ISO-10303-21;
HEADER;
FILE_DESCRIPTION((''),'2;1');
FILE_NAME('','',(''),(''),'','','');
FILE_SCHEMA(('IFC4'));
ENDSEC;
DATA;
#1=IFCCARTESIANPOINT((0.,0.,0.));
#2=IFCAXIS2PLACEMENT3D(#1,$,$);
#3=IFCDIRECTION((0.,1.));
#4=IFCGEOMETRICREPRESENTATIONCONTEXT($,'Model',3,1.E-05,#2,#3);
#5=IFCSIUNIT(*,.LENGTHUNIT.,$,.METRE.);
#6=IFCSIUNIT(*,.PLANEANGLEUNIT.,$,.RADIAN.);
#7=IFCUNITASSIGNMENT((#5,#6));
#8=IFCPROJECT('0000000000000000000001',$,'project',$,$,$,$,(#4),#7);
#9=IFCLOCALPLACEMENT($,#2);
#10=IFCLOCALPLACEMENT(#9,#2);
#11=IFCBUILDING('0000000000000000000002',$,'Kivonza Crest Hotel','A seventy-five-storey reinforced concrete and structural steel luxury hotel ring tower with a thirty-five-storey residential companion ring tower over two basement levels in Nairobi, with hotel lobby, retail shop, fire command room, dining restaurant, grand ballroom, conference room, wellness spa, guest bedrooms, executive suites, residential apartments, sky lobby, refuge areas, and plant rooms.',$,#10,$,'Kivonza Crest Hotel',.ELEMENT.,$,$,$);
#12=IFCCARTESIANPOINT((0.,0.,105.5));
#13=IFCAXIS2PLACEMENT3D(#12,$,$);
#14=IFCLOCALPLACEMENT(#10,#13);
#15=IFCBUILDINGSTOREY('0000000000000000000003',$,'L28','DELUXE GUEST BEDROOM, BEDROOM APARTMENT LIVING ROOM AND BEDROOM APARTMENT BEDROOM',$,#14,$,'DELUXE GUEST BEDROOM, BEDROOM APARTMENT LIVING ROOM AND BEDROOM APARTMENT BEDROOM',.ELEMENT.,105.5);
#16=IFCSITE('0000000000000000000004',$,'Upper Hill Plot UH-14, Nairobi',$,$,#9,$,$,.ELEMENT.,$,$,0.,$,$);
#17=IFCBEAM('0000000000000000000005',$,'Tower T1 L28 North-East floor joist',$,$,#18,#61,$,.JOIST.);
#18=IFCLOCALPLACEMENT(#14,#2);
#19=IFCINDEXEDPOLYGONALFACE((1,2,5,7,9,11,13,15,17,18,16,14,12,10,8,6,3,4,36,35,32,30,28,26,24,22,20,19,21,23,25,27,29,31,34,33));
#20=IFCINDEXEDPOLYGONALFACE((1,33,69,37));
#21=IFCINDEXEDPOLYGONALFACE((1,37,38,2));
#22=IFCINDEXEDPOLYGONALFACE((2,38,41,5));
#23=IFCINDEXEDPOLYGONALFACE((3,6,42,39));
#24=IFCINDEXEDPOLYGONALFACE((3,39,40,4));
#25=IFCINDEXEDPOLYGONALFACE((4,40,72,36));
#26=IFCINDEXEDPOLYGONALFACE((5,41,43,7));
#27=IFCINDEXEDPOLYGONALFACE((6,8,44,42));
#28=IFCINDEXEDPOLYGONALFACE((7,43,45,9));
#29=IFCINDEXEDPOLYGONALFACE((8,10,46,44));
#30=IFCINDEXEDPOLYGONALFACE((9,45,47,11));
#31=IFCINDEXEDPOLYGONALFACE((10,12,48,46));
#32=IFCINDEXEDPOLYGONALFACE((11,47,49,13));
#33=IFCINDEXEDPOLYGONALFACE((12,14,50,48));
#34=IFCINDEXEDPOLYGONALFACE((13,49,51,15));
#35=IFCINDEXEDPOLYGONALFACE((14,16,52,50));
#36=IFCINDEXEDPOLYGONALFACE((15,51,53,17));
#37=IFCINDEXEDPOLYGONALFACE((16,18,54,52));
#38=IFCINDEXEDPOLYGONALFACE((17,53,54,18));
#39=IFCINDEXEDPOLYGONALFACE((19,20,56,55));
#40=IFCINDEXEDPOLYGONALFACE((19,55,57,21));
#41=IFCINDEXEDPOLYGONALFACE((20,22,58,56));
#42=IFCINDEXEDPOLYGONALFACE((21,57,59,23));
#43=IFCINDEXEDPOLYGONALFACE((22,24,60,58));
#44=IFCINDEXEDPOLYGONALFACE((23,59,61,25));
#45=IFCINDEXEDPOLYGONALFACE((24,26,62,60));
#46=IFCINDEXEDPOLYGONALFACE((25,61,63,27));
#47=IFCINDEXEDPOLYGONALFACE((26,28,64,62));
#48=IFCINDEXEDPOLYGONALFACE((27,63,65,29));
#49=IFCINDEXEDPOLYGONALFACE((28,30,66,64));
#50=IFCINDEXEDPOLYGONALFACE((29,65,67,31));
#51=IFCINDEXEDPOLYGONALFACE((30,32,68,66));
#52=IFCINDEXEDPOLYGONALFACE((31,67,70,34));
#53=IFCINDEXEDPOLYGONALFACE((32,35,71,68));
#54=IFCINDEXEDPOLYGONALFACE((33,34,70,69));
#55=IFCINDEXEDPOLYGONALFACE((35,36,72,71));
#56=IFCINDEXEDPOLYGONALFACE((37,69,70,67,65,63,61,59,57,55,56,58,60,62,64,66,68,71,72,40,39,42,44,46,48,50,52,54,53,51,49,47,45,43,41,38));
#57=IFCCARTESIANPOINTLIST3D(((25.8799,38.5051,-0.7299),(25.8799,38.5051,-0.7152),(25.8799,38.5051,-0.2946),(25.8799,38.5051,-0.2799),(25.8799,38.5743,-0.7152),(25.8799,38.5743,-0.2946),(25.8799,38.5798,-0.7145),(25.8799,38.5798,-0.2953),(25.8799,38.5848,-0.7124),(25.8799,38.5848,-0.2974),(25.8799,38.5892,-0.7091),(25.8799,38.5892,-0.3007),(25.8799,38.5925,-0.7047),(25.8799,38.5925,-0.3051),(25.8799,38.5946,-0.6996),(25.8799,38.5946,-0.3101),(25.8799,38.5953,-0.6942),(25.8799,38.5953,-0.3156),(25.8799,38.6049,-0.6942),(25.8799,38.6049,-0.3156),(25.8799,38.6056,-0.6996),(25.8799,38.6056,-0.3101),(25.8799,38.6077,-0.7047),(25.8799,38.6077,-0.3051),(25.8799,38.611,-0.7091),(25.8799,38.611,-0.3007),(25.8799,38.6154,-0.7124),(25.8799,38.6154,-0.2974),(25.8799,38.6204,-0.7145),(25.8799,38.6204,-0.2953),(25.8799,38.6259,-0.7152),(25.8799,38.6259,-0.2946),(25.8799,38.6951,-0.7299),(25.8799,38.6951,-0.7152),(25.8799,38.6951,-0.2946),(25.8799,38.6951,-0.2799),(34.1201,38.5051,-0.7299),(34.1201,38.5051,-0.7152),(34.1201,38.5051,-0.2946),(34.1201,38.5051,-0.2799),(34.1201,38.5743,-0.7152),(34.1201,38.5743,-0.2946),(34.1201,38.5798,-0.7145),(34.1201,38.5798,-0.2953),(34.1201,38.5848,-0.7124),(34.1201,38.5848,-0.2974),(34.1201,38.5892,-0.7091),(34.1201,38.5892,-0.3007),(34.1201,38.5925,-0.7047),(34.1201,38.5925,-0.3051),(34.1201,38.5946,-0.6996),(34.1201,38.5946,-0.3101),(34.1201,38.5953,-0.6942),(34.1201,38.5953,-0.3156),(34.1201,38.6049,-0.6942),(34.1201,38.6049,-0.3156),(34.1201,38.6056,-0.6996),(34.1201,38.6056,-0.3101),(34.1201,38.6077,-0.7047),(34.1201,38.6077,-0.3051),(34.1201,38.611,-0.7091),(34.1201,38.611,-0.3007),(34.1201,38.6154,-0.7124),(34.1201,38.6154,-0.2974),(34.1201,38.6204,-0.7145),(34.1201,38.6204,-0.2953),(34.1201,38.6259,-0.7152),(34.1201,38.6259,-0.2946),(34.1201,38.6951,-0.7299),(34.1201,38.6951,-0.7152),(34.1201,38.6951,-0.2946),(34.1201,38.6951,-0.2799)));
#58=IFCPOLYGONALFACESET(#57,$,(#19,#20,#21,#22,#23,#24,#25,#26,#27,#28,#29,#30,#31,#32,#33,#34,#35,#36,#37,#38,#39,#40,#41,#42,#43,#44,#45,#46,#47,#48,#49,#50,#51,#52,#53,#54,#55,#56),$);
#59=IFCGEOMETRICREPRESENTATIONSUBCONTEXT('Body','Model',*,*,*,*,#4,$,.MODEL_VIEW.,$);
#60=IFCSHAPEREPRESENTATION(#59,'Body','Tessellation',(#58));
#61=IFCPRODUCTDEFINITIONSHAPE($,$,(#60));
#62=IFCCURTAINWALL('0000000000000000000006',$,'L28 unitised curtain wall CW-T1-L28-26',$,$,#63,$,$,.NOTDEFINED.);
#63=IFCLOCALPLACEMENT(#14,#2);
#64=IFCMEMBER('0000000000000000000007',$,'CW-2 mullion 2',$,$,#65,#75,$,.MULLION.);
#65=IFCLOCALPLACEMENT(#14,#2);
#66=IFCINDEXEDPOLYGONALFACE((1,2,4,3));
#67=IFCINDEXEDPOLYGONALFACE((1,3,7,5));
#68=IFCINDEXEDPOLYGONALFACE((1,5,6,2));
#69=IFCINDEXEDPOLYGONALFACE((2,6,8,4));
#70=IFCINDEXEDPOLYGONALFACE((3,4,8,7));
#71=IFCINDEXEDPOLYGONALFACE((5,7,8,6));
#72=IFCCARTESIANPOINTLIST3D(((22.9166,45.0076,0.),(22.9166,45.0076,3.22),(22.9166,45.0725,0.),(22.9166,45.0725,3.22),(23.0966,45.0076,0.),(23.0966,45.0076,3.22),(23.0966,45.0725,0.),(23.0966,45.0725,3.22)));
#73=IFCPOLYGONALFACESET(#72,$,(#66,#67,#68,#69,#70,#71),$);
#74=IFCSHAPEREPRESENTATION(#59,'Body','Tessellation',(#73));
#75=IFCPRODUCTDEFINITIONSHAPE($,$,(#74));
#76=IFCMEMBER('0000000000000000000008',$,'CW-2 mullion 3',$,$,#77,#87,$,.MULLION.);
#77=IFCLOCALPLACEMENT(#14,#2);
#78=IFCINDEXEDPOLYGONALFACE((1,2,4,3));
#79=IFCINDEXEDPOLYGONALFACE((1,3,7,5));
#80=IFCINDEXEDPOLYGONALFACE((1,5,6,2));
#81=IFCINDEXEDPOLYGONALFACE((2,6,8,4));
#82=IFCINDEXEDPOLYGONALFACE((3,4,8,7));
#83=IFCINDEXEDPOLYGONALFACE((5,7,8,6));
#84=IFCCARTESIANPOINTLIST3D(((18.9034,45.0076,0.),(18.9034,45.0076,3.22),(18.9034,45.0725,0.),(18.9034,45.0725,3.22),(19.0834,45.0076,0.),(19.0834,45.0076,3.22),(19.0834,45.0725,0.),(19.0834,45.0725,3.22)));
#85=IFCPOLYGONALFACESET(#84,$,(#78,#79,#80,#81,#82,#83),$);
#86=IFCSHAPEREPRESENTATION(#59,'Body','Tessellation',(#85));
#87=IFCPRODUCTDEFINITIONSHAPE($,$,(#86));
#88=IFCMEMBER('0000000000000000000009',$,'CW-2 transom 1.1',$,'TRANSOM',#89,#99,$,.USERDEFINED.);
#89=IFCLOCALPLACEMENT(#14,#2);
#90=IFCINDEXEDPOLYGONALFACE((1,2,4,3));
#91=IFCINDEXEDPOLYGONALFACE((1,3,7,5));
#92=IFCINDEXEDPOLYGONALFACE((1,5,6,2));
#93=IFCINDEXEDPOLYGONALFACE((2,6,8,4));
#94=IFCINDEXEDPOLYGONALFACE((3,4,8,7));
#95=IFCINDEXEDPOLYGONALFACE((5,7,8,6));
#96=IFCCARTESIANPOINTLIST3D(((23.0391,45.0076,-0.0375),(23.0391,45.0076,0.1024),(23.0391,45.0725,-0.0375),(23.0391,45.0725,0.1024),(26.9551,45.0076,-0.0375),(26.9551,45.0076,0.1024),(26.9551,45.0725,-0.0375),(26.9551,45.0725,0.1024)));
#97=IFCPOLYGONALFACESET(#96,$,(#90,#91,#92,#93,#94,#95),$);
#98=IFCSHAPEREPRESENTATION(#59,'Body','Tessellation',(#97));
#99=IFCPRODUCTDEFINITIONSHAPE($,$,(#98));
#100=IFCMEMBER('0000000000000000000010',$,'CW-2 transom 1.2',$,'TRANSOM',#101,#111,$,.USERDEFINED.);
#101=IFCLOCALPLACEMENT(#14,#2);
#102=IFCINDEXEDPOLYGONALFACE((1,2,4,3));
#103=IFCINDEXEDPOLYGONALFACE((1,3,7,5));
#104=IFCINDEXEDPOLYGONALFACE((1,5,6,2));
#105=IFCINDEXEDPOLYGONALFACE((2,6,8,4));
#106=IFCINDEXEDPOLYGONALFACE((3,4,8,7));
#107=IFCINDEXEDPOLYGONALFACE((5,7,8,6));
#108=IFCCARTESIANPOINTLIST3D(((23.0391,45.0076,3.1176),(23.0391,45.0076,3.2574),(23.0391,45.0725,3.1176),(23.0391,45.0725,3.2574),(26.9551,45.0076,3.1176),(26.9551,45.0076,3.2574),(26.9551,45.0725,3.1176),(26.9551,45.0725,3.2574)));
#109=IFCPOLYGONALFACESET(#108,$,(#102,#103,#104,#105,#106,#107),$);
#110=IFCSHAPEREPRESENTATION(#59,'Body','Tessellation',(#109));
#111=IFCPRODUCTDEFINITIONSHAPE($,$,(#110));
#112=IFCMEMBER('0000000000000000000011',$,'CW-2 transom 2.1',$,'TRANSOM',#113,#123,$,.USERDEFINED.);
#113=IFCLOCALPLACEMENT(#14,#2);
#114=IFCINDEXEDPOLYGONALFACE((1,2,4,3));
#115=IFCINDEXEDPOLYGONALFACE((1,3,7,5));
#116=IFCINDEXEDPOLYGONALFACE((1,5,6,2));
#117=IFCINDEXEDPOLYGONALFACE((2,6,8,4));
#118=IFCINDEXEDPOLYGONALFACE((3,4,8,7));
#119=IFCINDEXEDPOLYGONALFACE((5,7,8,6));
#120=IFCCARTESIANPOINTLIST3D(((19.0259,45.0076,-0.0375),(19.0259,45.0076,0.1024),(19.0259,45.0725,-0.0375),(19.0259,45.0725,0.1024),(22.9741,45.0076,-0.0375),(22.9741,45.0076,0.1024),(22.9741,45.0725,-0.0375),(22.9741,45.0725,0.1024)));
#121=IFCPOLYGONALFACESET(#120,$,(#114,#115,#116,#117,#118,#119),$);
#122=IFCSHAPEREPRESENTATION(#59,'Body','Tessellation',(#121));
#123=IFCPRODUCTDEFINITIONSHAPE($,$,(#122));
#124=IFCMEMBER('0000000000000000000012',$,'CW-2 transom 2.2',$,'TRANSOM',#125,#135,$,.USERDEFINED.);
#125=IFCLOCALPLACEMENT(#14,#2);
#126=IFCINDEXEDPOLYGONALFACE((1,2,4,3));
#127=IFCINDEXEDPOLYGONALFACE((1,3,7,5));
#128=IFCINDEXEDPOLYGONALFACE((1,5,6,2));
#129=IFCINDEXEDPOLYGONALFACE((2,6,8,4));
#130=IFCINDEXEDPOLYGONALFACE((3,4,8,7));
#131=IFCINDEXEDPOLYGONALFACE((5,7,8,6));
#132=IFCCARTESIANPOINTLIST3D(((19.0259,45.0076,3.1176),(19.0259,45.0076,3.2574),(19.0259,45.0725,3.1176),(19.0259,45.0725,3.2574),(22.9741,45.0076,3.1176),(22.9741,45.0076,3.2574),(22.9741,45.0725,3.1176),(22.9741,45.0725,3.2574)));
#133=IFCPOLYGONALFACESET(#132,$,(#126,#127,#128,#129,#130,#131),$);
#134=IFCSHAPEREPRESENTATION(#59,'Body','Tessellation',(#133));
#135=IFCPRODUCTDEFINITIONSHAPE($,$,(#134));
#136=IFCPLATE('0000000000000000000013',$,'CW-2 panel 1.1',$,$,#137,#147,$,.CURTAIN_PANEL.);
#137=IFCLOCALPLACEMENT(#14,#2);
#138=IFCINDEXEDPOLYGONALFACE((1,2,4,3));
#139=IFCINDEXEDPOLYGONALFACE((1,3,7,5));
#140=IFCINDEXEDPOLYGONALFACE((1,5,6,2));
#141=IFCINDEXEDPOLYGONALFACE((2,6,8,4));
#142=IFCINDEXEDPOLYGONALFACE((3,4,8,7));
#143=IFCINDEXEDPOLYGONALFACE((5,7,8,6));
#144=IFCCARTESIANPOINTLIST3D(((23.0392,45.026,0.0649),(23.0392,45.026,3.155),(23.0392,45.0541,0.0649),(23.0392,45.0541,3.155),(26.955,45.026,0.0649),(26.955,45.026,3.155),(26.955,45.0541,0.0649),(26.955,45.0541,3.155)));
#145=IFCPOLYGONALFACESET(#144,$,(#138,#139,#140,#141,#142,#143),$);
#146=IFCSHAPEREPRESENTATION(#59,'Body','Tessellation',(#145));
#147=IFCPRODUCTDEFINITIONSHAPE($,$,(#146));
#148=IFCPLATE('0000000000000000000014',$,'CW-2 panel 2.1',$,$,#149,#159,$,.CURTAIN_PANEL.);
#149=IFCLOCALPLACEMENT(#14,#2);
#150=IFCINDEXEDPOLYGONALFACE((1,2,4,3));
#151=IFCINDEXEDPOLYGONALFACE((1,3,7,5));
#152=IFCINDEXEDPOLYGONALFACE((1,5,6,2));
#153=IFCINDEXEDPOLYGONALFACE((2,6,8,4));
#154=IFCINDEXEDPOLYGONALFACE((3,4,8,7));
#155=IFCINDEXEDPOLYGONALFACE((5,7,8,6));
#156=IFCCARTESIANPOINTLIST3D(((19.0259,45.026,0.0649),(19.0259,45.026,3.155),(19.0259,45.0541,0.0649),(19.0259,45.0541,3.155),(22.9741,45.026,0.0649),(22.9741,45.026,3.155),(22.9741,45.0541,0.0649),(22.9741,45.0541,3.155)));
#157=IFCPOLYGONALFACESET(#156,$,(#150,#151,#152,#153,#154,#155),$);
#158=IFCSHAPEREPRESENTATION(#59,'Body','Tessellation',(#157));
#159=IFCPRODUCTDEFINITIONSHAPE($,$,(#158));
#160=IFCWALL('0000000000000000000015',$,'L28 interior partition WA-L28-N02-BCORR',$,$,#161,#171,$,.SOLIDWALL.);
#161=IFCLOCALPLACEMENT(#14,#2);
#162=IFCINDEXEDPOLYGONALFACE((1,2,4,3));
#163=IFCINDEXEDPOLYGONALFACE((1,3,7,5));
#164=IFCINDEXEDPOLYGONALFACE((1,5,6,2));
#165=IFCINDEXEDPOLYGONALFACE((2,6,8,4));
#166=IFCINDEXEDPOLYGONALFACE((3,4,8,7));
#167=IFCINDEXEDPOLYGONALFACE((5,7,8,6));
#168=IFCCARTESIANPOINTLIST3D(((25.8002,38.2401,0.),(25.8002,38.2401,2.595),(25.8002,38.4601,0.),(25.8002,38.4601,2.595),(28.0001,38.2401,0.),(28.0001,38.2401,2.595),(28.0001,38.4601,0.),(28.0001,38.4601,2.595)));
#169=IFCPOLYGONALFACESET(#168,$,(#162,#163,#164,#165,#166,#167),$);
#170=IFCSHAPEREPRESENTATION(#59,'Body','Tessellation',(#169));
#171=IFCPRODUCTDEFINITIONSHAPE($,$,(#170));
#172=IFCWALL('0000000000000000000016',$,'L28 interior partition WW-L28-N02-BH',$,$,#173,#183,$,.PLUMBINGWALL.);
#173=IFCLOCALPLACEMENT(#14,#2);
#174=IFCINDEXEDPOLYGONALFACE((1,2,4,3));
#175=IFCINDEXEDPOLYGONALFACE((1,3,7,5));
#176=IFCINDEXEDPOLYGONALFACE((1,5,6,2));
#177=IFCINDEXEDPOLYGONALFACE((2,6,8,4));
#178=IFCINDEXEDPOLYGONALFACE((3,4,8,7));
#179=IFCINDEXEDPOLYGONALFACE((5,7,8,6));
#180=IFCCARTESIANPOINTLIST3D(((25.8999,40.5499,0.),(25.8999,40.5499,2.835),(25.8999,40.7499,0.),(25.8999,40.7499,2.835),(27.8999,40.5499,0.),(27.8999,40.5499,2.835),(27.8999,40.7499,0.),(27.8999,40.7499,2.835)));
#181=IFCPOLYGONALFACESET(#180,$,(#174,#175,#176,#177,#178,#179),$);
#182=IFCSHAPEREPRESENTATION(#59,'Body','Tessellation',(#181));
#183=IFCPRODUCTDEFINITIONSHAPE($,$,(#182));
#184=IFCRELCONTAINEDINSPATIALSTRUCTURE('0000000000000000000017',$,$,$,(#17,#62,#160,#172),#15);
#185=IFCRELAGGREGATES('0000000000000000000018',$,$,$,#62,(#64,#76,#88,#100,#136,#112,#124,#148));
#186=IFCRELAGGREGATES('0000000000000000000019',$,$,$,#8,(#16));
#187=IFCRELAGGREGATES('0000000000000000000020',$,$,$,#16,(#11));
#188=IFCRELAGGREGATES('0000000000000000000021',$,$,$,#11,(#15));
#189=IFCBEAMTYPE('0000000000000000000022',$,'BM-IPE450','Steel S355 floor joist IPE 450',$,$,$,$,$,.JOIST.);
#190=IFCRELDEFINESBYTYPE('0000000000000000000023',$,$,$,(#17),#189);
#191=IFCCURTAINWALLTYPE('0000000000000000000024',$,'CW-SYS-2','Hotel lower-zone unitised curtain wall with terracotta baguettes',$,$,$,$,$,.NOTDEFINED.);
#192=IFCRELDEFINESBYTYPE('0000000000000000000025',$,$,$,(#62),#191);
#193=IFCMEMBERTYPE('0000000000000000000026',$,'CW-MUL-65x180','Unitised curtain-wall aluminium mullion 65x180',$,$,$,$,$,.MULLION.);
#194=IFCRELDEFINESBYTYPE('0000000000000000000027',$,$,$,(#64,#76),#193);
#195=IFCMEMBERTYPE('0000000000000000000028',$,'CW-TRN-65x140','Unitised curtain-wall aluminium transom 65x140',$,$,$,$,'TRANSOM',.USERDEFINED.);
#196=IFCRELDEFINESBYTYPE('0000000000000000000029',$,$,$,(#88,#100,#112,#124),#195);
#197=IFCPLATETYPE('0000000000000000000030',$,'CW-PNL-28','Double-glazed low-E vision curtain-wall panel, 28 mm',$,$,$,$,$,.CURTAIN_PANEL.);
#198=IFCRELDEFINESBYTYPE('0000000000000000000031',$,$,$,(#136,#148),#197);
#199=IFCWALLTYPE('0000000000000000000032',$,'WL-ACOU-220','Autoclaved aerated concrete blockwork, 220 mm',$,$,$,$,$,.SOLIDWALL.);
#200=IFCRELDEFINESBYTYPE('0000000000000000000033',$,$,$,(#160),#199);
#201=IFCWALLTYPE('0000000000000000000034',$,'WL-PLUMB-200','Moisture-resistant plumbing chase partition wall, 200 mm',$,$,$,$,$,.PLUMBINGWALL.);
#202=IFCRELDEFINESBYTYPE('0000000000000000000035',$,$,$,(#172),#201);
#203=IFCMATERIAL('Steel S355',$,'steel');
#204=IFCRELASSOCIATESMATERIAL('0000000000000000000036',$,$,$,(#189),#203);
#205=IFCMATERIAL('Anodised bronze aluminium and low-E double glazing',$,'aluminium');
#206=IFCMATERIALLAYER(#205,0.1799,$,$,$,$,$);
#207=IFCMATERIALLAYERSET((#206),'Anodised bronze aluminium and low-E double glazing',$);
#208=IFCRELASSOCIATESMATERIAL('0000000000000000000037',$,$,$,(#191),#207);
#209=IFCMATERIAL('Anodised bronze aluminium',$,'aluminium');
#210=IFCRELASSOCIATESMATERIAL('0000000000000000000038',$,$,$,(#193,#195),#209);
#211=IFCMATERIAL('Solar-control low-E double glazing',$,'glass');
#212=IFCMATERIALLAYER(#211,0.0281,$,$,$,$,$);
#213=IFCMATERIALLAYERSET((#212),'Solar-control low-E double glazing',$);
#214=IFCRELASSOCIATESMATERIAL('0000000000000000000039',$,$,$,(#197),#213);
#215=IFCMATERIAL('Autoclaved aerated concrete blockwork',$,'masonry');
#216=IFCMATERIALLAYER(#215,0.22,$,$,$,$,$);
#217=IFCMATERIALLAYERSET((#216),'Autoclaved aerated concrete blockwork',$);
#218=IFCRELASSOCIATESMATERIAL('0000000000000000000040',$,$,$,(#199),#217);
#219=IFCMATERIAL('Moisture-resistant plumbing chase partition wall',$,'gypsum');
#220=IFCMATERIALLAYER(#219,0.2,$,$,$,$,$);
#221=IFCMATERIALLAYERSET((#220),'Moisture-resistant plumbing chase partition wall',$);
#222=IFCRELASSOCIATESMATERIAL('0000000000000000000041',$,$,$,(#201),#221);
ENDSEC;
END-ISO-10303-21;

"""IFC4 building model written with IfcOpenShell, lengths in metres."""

from ifc_helpers import new_model, si_unit, direction, frame, frame_2d, origin, origin_2d, place, context, subcontext, project, spatial, rectangle, i_section, extrude, material, layer, layer_set, material_profile, profile_set, type_object, element, aggregate, save


model = new_model("IFC4")

# Units and contexts
model_context = context("Model", 3, precision=1e-05, world=origin(), true_north=direction((0.0, 1.0)))
body_context = subcontext(model_context, "Body", "Model", "MODEL_VIEW")
ifc_project = project(units=[si_unit("LENGTHUNIT", "METRE"), si_unit("PLANEANGLEUNIT", "RADIAN")], contexts=[model_context])

# Site, building, storey
site_placement = place(None, origin())
site = spatial("IfcSite", under=ifc_project, at=site_placement, Name="Upper Hill Plot UH-14, Nairobi", CompositionType="ELEMENT", RefElevation=0.0)
building_placement = place(site_placement, origin())
building = spatial("IfcBuilding", under=site, at=building_placement, Name="Kivonza Crest Hotel", Description="A seventy-five-storey reinforced concrete and structural steel luxury hotel ring tower with a thirty-five-storey residential companion ring tower over two basement levels in Nairobi, with hotel lobby, retail shop, fire command room, dining restaurant, grand ballroom, conference room, wellness spa, guest bedrooms, executive suites, residential apartments, sky lobby, refuge areas, and plant rooms.", LongName="Kivonza Crest Hotel", CompositionType="ELEMENT")
storey_placement = place(building_placement, frame((0.0, 0.0, 105.5)))
storey = spatial("IfcBuildingStorey", under=building, at=storey_placement, Name="L28", Description="DELUXE GUEST BEDROOM, BEDROOM APARTMENT LIVING ROOM AND BEDROOM APARTMENT BEDROOM", LongName="DELUXE GUEST BEDROOM, BEDROOM APARTMENT LIVING ROOM AND BEDROOM APARTMENT BEDROOM", CompositionType="ELEMENT", Elevation=105.5)

# Beam
ifc_material_1 = material(Name="Steel S355", Category="steel")
ifc_material_profile_1 = material_profile(ifc_material_1, i_section(OverallWidth=0.1899, OverallDepth=0.45, WebThickness=0.0095, FlangeThickness=0.0146, FilletRadius=0.021, at=origin_2d()), Name="IPE 450")
ifc_profile_set_1 = profile_set([ifc_material_profile_1], Name="Steel S355")
beam_type_1 = type_object("IfcBeamType", Name="BM-IPE450", Description="Steel S355 floor joist IPE 450", PredefinedType="JOIST", material=ifc_profile_set_1)
beam_1_placement = place(storey_placement, frame((25.8799, 38.6001, -0.5049), z_axis=(1.0, 0.0, 0.0), x_axis=(0.0, 1.0, 0.0)))
element("IfcBeam", 1, at=beam_1_placement, inside=storey, type_object=beam_type_1, Name="Tower T1 L28 North-East floor joist", PredefinedType="JOIST", context=body_context, shape_type="SweptSolid", body=[
    extrude(i_section(OverallWidth=0.1899, OverallDepth=0.45, WebThickness=0.0095, FlangeThickness=0.0146, FilletRadius=0.021, at=origin_2d()), origin(), (0.0, 0.0, 1.0), 8.2402),
])

# Curtain wall, members, plates
ifc_material_2 = material(Name="Anodised bronze aluminium and low-E double glazing", Category="aluminium")
ifc_layer_1 = layer(ifc_material_2, 0.1799)
ifc_layer_set_1 = layer_set([ifc_layer_1], Name="Anodised bronze aluminium and low-E double glazing")
curtain_wall_type = type_object("IfcCurtainWallType", Name="CW-SYS-2", Description="Hotel lower-zone unitised curtain wall with terracotta baguettes", PredefinedType="NOTDEFINED", material=ifc_layer_set_1)
curtain_wall_placement = place(storey_placement, origin())
curtain_wall = element("IfcCurtainWall", 2, at=curtain_wall_placement, inside=storey, type_object=curtain_wall_type, Name="L28 unitised curtain wall CW-T1-L28-26", PredefinedType="NOTDEFINED")
ifc_material_3 = material(Name="Anodised bronze aluminium", Category="aluminium")
ifc_material_profile_2 = material_profile(ifc_material_3, rectangle(XDim=0.0649, YDim=0.1799, at=origin_2d()), Name="CW-M 65x180")
ifc_profile_set_2 = profile_set([ifc_material_profile_2], Name="Anodised bronze aluminium")
member_type_1 = type_object("IfcMemberType", Name="CW-MUL-65x180", Description="Unitised curtain-wall aluminium mullion 65x180", PredefinedType="MULLION", material=ifc_profile_set_2)
member_1_placement = place(storey_placement, frame((23.0066, 45.04, 0.0), z_axis=(0.0, 0.0, 1.0), x_axis=(0.0, -1.0, 0.0)))
member_1 = element("IfcMember", 3, at=member_1_placement, type_object=member_type_1, Name="CW-2 mullion 2", PredefinedType="MULLION", context=body_context, shape_type="SweptSolid", body=[
    extrude(rectangle(XDim=0.0649, YDim=0.1799, at=origin_2d()), origin(), (0.0, 0.0, 1.0), 3.22),
])
member_2_placement = place(storey_placement, frame((18.9934, 45.04, 0.0), z_axis=(0.0, 0.0, 1.0), x_axis=(0.0, -1.0, 0.0)))
member_2 = element("IfcMember", 4, at=member_2_placement, type_object=member_type_1, Name="CW-2 mullion 3", PredefinedType="MULLION", context=body_context, shape_type="SweptSolid", body=[
    extrude(rectangle(XDim=0.0649, YDim=0.1799, at=origin_2d()), origin(), (0.0, 0.0, 1.0), 3.22),
])
ifc_material_profile_3 = material_profile(ifc_material_3, rectangle(XDim=0.0649, YDim=0.1399, at=origin_2d()), Name="CW-T 65x140")
ifc_profile_set_3 = profile_set([ifc_material_profile_3], Name="Anodised bronze aluminium")
member_type_2 = type_object("IfcMemberType", Name="CW-TRN-65x140", Description="Unitised curtain-wall aluminium transom 65x140", ElementType="TRANSOM", PredefinedType="USERDEFINED", material=ifc_profile_set_3)
member_3_placement = place(storey_placement, frame((26.9551, 45.04, 0.0325), z_axis=(-1.0, 0.0, 0.0), x_axis=(0.0, -1.0, 0.0)))
member_3 = element("IfcMember", 5, at=member_3_placement, type_object=member_type_2, Name="CW-2 transom 1.1", ObjectType="TRANSOM", PredefinedType="USERDEFINED", context=body_context, shape_type="SweptSolid", body=[
    extrude(rectangle(XDim=0.0649, YDim=0.1399, at=origin_2d()), origin(), (0.0, 0.0, 1.0), 3.916),
])
member_4_placement = place(storey_placement, frame((26.9551, 45.04, 3.1875), z_axis=(-1.0, 0.0, 0.0), x_axis=(0.0, -1.0, 0.0)))
member_4 = element("IfcMember", 6, at=member_4_placement, type_object=member_type_2, Name="CW-2 transom 1.2", ObjectType="TRANSOM", PredefinedType="USERDEFINED", context=body_context, shape_type="SweptSolid", body=[
    extrude(rectangle(XDim=0.0649, YDim=0.1399, at=origin_2d()), origin(), (0.0, 0.0, 1.0), 3.916),
])
member_5_placement = place(storey_placement, frame((22.9741, 45.04, 0.0325), z_axis=(-1.0, 0.0, 0.0), x_axis=(0.0, -1.0, 0.0)))
member_5 = element("IfcMember", 7, at=member_5_placement, type_object=member_type_2, Name="CW-2 transom 2.1", ObjectType="TRANSOM", PredefinedType="USERDEFINED", context=body_context, shape_type="SweptSolid", body=[
    extrude(rectangle(XDim=0.0649, YDim=0.1399, at=origin_2d()), origin(), (0.0, 0.0, 1.0), 3.9482),
])
member_6_placement = place(storey_placement, frame((22.9741, 45.04, 3.1875), z_axis=(-1.0, 0.0, 0.0), x_axis=(0.0, -1.0, 0.0)))
member_6 = element("IfcMember", 8, at=member_6_placement, type_object=member_type_2, Name="CW-2 transom 2.2", ObjectType="TRANSOM", PredefinedType="USERDEFINED", context=body_context, shape_type="SweptSolid", body=[
    extrude(rectangle(XDim=0.0649, YDim=0.1399, at=origin_2d()), origin(), (0.0, 0.0, 1.0), 3.9482),
])
ifc_material_4 = material(Name="Solar-control low-E double glazing", Category="glass")
ifc_layer_2 = layer(ifc_material_4, 0.0281)
ifc_layer_set_2 = layer_set([ifc_layer_2], Name="Solar-control low-E double glazing")
plate_type = type_object("IfcPlateType", Name="CW-PNL-28", Description="Double-glazed low-E vision curtain-wall panel, 28 mm", PredefinedType="CURTAIN_PANEL", material=ifc_layer_set_2)
plate_1_placement = place(storey_placement, frame((24.9971, 45.04, 0.0649), z_axis=(0.0, 0.0, 1.0), x_axis=(-1.0, 0.0, 0.0)))
plate_1 = element("IfcPlate", 9, at=plate_1_placement, type_object=plate_type, Name="CW-2 panel 1.1", PredefinedType="CURTAIN_PANEL", context=body_context, shape_type="SweptSolid", body=[
    extrude(rectangle(XDim=3.9158, YDim=0.0281, at=origin_2d()), origin(), (0.0, 0.0, 1.0), 3.0901),
])
plate_2_placement = place(storey_placement, frame((21.0, 45.04, 0.0649), z_axis=(0.0, 0.0, 1.0), x_axis=(-1.0, 0.0, 0.0)))
plate_2 = element("IfcPlate", 10, at=plate_2_placement, type_object=plate_type, Name="CW-2 panel 2.1", PredefinedType="CURTAIN_PANEL", context=body_context, shape_type="SweptSolid", body=[
    extrude(rectangle(XDim=3.9482, YDim=0.0281, at=origin_2d()), origin(), (0.0, 0.0, 1.0), 3.0901),
])
aggregate(curtain_wall, [member_1, member_2, member_3, member_4, plate_1, member_5, member_6, plate_2])

# Walls
ifc_material_5 = material(Name="Autoclaved aerated concrete blockwork", Category="masonry")
ifc_layer_3 = layer(ifc_material_5, 0.22)
ifc_layer_set_3 = layer_set([ifc_layer_3], Name="Autoclaved aerated concrete blockwork")
wall_type_1 = type_object("IfcWallType", Name="WL-ACOU-220", Description="Autoclaved aerated concrete blockwork, 220 mm", PredefinedType="SOLIDWALL", material=ifc_layer_set_3)
wall_1_placement = place(storey_placement, frame((25.8, 38.3501, 0.0), z_axis=(0.0, 0.0, 1.0), x_axis=(1.0, 0.0, 0.0)))
element("IfcWall", 11, at=wall_1_placement, inside=storey, type_object=wall_type_1, Name="L28 interior partition WA-L28-N02-BCORR", PredefinedType="SOLIDWALL", context=body_context, shape_type="SweptSolid", body=[
    extrude(rectangle(XDim=2.2, YDim=0.22, at=frame_2d((1.1001, 0.0))), origin(), (0.0, 0.0, 1.0), 2.595),
])
ifc_material_6 = material(Name="Moisture-resistant plumbing chase partition wall", Category="gypsum")
ifc_layer_4 = layer(ifc_material_6, 0.2)
ifc_layer_set_4 = layer_set([ifc_layer_4], Name="Moisture-resistant plumbing chase partition wall")
wall_type_2 = type_object("IfcWallType", Name="WL-PLUMB-200", Description="Moisture-resistant plumbing chase partition wall, 200 mm", PredefinedType="PLUMBINGWALL", material=ifc_layer_set_4)
wall_2_placement = place(storey_placement, frame((25.8999, 40.6499, 0.0), z_axis=(0.0, 0.0, 1.0), x_axis=(1.0, 0.0, 0.0)))
element("IfcWall", 12, at=wall_2_placement, inside=storey, type_object=wall_type_2, Name="L28 interior partition WW-L28-N02-BH", PredefinedType="PLUMBINGWALL", context=body_context, shape_type="SweptSolid", body=[
    extrude(rectangle(XDim=2.0, YDim=0.2, at=frame_2d((1.0, 0.0))), origin(), (0.0, 0.0, 1.0), 2.835),
])

save(model, "model.ifc")
